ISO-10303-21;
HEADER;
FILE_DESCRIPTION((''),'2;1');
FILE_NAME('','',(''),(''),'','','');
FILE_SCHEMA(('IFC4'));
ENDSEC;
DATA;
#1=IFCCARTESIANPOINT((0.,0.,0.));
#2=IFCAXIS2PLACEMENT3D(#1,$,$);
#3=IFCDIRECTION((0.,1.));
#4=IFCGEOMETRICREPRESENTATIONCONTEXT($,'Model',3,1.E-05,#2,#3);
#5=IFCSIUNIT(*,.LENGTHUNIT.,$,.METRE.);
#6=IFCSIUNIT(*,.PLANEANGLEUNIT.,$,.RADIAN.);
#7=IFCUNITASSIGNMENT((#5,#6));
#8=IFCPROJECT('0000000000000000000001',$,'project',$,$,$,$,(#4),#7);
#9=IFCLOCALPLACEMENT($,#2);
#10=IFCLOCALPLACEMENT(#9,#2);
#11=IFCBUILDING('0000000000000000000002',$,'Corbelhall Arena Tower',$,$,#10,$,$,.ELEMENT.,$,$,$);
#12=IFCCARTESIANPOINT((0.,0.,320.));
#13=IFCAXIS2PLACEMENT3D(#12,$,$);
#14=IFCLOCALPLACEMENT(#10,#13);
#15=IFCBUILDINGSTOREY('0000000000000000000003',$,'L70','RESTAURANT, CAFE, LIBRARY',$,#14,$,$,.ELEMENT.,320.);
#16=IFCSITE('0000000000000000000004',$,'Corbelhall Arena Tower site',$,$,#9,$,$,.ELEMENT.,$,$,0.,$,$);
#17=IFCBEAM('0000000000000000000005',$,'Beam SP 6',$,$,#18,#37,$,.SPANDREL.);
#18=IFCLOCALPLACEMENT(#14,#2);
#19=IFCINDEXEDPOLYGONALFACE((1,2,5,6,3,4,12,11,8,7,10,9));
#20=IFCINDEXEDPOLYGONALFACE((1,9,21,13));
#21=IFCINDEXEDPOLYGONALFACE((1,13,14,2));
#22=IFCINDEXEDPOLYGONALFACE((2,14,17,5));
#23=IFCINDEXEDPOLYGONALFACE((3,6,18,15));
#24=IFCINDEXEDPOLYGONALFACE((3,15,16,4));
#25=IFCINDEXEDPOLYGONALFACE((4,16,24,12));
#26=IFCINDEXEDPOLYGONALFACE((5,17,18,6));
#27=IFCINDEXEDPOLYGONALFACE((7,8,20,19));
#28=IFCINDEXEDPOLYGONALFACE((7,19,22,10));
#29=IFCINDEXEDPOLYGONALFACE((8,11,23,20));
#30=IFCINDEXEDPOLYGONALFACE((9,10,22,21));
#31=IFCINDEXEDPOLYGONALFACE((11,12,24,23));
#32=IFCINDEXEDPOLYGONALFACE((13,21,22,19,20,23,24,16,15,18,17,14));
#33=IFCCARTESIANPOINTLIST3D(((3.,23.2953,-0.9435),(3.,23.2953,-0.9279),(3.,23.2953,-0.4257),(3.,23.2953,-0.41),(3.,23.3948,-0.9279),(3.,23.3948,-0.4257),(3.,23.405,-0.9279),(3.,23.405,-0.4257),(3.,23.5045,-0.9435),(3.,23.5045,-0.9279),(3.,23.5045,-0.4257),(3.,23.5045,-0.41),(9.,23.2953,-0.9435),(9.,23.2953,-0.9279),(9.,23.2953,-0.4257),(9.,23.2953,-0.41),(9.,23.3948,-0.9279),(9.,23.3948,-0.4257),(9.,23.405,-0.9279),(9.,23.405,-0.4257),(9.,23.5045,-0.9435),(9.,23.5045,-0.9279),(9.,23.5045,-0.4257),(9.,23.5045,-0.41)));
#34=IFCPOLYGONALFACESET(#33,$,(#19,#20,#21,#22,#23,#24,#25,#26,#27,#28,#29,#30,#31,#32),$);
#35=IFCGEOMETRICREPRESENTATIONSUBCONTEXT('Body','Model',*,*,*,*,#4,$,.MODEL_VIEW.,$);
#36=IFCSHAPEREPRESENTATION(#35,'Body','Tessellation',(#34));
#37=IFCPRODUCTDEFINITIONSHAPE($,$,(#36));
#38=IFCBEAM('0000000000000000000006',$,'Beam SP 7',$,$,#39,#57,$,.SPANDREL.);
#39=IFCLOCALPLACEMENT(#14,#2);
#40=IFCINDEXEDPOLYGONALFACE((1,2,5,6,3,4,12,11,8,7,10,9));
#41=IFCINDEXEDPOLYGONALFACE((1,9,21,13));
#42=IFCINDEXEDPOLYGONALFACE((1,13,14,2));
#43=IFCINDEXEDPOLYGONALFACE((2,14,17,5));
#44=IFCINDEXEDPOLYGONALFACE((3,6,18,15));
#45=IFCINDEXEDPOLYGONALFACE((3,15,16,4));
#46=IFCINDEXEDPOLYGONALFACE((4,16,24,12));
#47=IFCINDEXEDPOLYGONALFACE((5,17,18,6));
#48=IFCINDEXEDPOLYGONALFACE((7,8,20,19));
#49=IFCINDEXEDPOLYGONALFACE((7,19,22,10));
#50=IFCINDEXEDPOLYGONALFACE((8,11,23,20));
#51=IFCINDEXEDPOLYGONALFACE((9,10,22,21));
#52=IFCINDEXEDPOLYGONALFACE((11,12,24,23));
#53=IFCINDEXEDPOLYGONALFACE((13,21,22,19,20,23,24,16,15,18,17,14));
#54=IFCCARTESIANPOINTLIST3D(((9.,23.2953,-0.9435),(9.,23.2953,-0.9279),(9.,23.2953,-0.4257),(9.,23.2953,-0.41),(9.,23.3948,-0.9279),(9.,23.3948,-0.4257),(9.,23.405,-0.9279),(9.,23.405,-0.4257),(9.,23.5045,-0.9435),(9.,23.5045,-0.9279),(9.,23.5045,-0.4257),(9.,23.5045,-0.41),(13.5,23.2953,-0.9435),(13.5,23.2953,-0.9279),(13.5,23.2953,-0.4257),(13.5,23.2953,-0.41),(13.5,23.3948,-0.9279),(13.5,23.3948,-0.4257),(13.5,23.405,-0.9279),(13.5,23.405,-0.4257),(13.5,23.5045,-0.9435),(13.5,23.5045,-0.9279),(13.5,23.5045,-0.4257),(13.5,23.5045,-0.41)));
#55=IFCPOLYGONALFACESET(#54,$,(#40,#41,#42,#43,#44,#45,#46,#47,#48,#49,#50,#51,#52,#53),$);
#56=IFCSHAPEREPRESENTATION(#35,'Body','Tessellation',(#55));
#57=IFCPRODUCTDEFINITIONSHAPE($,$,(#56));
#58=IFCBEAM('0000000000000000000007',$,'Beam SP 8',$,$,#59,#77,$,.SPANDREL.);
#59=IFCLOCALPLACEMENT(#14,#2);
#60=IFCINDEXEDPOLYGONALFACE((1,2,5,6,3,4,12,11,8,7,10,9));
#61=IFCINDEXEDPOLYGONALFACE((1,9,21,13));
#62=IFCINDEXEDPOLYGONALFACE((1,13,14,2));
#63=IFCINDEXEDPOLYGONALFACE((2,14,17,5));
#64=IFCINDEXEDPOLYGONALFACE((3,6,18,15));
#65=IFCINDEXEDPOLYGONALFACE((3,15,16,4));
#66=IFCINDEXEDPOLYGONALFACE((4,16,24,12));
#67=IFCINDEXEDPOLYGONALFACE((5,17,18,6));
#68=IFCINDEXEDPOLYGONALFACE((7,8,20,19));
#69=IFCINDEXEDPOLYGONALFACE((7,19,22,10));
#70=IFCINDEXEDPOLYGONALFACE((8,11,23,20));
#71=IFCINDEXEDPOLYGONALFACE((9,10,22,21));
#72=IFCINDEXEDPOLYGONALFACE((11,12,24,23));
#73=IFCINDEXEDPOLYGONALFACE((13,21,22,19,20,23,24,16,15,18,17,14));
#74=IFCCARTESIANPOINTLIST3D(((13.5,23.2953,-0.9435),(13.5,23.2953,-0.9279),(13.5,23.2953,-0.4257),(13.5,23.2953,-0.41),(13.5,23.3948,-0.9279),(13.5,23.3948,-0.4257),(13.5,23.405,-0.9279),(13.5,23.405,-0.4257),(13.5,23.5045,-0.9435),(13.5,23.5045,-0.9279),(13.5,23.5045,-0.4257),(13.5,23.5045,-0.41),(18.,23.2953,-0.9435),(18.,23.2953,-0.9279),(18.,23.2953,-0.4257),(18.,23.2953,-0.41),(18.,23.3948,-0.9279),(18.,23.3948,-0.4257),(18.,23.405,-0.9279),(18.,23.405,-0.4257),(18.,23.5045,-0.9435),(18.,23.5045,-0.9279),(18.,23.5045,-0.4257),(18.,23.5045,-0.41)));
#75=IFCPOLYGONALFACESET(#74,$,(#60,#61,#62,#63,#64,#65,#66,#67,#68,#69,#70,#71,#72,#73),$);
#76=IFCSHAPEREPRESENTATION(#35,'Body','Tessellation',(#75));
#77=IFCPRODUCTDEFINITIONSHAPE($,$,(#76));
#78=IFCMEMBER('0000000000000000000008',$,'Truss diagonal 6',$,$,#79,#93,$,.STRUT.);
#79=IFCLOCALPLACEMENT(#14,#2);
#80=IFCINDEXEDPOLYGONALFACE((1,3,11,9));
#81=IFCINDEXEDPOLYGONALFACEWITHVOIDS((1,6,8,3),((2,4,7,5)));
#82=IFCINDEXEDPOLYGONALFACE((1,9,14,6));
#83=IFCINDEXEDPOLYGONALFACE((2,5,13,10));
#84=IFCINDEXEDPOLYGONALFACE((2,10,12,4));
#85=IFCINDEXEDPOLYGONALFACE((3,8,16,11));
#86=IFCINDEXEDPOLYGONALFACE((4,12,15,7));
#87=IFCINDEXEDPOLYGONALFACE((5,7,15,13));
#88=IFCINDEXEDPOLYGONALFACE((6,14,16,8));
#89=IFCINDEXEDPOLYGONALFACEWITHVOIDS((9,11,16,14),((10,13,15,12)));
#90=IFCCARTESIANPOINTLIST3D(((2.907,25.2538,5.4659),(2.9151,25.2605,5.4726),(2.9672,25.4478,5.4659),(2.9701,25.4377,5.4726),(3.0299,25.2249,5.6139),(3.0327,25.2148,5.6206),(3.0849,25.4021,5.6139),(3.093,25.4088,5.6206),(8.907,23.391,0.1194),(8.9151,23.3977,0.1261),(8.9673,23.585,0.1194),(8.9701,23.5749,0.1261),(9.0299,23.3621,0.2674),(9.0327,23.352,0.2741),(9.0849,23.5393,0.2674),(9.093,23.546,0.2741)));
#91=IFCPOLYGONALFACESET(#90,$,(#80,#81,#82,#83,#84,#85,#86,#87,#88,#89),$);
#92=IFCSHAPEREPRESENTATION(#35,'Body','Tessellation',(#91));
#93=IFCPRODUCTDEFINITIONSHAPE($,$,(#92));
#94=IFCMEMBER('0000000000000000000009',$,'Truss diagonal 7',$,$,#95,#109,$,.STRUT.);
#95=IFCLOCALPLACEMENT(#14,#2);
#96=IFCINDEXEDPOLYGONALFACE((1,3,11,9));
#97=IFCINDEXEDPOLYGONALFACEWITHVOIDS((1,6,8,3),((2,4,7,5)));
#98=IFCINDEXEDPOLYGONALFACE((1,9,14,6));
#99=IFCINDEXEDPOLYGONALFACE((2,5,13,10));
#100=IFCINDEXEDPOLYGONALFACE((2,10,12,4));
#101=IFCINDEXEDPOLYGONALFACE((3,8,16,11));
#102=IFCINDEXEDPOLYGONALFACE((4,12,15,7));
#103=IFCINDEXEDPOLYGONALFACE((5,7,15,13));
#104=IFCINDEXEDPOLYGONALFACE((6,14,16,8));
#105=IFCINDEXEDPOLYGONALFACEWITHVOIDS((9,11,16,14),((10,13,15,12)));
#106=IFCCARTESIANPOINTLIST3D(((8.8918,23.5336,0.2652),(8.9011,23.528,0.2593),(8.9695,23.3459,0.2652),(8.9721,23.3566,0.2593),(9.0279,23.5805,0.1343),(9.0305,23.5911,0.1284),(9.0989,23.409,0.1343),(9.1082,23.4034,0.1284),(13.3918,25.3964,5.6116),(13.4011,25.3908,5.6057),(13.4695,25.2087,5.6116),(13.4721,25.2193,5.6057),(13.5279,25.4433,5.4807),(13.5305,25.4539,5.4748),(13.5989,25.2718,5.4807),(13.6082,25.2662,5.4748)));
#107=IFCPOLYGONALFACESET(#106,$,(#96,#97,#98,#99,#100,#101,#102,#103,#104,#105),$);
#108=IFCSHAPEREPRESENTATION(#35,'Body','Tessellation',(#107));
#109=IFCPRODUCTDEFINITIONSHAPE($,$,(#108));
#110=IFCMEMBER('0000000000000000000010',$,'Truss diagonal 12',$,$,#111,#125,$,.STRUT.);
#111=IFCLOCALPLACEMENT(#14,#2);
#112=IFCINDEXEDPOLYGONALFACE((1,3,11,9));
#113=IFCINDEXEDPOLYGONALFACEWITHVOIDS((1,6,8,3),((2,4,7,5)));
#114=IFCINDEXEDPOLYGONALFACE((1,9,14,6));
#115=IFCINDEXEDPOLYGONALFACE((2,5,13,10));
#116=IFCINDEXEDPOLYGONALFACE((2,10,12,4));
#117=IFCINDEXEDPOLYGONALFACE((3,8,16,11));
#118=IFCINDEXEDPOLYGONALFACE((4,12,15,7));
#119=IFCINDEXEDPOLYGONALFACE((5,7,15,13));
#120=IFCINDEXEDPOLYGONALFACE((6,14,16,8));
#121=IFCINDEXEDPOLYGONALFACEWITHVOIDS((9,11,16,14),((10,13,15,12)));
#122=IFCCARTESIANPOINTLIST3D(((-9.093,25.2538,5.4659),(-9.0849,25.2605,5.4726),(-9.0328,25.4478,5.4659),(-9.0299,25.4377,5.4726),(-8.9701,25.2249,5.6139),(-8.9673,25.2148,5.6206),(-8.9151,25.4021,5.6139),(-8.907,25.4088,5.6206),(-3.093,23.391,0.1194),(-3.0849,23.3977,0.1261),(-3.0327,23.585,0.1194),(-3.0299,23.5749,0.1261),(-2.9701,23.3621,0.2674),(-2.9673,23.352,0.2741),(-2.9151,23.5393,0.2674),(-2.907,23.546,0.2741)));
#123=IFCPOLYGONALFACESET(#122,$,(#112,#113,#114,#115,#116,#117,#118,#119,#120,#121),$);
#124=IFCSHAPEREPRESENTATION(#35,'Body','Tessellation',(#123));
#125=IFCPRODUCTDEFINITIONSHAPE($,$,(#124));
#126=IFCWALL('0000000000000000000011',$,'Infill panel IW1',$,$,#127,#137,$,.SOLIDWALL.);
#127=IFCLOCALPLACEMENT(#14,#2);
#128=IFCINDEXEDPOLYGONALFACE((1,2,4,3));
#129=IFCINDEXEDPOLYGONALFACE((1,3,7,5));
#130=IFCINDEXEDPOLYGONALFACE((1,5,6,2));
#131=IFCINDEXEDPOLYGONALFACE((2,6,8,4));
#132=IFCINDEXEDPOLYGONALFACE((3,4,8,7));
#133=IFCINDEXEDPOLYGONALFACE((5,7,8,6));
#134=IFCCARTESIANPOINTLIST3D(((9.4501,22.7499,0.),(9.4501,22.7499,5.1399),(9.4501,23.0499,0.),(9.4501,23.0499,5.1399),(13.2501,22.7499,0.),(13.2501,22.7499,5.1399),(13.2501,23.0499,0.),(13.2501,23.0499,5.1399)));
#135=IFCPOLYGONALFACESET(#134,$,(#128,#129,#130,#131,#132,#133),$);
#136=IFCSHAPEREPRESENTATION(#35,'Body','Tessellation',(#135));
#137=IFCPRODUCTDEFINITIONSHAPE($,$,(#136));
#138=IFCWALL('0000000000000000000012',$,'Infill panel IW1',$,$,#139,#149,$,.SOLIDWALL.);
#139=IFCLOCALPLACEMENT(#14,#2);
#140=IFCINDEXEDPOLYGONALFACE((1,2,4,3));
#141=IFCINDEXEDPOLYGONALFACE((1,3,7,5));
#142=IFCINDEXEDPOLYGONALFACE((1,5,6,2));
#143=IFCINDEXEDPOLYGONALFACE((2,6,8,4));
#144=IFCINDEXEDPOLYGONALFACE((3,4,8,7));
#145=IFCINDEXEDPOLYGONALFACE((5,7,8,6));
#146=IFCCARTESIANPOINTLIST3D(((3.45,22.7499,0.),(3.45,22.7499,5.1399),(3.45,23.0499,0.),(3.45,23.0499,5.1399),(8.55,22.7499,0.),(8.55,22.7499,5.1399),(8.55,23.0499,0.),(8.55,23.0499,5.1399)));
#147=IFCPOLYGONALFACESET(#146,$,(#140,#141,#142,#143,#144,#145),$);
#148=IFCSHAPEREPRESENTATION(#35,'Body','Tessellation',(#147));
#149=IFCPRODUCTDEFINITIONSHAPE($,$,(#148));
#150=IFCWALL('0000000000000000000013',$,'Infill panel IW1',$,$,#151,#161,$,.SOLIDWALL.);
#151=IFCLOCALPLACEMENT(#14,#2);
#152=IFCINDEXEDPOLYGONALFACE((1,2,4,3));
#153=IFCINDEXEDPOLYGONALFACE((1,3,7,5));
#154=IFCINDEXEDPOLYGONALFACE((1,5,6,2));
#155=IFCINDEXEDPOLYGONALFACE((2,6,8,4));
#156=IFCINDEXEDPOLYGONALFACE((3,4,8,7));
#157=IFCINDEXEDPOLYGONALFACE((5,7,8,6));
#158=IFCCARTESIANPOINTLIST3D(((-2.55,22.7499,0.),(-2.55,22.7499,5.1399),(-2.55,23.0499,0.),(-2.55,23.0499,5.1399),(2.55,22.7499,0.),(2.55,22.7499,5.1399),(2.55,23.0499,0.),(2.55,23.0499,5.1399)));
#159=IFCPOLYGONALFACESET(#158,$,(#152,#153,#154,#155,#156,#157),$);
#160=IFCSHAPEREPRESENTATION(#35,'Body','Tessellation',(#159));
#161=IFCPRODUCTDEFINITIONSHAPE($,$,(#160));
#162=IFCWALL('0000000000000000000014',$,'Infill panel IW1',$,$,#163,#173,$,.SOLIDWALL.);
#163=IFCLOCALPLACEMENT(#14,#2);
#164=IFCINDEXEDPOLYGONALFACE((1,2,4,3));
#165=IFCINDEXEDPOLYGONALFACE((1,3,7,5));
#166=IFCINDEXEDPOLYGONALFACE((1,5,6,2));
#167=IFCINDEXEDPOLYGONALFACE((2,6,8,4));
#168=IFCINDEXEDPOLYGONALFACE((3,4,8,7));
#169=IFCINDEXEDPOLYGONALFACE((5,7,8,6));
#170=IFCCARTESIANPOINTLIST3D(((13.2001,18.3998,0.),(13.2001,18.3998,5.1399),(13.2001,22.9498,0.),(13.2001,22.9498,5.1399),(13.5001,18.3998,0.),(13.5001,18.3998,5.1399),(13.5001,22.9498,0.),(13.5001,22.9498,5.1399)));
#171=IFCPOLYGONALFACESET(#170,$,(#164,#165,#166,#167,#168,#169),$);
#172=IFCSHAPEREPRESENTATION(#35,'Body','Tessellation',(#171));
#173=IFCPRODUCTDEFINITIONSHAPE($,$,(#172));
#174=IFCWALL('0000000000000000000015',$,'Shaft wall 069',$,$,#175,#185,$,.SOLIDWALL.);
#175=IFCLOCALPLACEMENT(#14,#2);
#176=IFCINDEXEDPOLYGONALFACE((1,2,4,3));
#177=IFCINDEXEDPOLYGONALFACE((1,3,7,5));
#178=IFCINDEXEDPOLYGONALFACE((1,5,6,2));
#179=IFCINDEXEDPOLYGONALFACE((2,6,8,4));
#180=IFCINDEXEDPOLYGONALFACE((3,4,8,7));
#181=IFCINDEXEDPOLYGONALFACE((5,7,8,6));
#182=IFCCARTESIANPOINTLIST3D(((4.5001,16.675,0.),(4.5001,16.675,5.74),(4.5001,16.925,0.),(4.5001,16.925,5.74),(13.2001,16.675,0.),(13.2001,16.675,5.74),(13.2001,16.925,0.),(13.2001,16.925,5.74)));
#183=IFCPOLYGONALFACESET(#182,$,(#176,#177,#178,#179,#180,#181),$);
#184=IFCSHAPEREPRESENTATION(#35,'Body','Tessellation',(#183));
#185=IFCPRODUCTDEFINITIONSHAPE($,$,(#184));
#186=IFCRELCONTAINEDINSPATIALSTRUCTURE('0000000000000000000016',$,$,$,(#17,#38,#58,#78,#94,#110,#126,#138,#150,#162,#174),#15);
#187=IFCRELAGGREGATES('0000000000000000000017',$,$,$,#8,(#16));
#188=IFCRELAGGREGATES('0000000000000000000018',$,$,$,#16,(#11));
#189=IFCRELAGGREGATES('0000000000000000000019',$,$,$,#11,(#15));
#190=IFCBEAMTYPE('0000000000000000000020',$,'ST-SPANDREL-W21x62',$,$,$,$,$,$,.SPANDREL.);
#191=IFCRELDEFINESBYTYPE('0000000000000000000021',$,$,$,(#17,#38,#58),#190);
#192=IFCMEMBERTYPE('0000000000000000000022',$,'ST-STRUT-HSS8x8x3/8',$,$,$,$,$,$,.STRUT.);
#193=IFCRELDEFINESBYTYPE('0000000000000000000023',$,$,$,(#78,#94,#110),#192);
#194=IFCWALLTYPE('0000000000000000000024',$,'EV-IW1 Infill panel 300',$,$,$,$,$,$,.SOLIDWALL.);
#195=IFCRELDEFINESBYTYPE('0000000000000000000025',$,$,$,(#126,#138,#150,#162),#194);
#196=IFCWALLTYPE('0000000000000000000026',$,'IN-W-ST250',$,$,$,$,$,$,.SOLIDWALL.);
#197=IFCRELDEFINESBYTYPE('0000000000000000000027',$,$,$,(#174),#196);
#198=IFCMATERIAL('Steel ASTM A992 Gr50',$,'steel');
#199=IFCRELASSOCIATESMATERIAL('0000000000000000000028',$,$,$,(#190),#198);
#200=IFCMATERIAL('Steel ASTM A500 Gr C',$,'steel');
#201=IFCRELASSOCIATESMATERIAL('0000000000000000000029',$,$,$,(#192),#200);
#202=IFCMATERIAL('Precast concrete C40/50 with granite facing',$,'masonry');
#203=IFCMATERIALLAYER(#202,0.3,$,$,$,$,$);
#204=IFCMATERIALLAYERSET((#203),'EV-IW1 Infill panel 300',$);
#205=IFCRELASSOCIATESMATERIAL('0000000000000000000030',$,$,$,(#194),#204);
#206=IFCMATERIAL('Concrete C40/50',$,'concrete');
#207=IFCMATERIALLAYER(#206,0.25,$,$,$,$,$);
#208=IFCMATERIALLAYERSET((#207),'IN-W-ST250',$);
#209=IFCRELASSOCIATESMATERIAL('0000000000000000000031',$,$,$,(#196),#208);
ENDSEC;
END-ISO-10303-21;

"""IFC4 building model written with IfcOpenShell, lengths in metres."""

from ifc_helpers import new_model, si_unit, direction, frame, frame_2d, origin, origin_2d, place, context, subcontext, project, spatial, rectangle, hollow_rectangle, i_section, extrude, material, layer, layer_set, material_profile, profile_set, type_object, element, save


model = new_model("IFC4")

# Units and contexts
model_context = context("Model", 3, precision=1e-05, world=origin(), true_north=direction((0.0, 1.0)))
body_context = subcontext(model_context, "Body", "Model", "MODEL_VIEW")
ifc_project = project(units=[si_unit("LENGTHUNIT", "METRE"), si_unit("PLANEANGLEUNIT", "RADIAN")], contexts=[model_context])

# Site, building, storey
site_placement = place(None, origin())
site = spatial("IfcSite", under=ifc_project, at=site_placement, Name="Corbelhall Arena Tower site", CompositionType="ELEMENT", RefElevation=0.0)
building_placement = place(site_placement, origin())
building = spatial("IfcBuilding", under=site, at=building_placement, Name="Corbelhall Arena Tower", CompositionType="ELEMENT")
storey_placement = place(building_placement, frame((0.0, 0.0, 320.0)))
storey = spatial("IfcBuildingStorey", under=building, at=storey_placement, Name="L70", Description="RESTAURANT, CAFE, LIBRARY", CompositionType="ELEMENT", Elevation=320.0)

# Shared definitions
ifc_material_1 = material(Name="Steel ASTM A992 Gr50", Category="steel")

# Beams
ifc_material_profile_1 = material_profile(ifc_material_1, i_section(OverallWidth=0.2092, OverallDepth=0.5334, WebThickness=0.0103, FlangeThickness=0.0156, at=origin_2d()))
ifc_profile_set_1 = profile_set([ifc_material_profile_1], Name="Steel ASTM A992 Gr50")
beam_type = type_object("IfcBeamType", Name="ST-SPANDREL-W21x62", PredefinedType="SPANDREL", material=ifc_profile_set_1)
beam_placement = place(storey_placement, frame((3.0, 23.3999, -0.6768), z_axis=(1.0, 0.0, 0.0), x_axis=(0.0, 1.0, 0.0)))
element("IfcBeam", 1, at=beam_placement, inside=storey, type_object=beam_type, Name="Beam SP 6", PredefinedType="SPANDREL", context=body_context, shape_type="SweptSolid", body=[
    extrude(i_section(OverallWidth=0.2092, OverallDepth=0.5334, WebThickness=0.0103, FlangeThickness=0.0156, at=origin_2d()), origin(), (0.0, 0.0, 1.0), 6.0),
])
for number, where, z_axis, x_axis, name in (
    (2, (9.0, 23.3999, -0.6768), (1.0, 0.0, 0.0), (0.0, 1.0, 0.0), "Beam SP 7"),
    (3, (13.5, 23.3999, -0.6768), (1.0, 0.0, 0.0), (0.0, 1.0, 0.0), "Beam SP 8"),
):
    element("IfcBeam", number, at=place(storey_placement, frame(where, z_axis=z_axis, x_axis=x_axis)), inside=storey, type_object=beam_type, Name=name, PredefinedType="SPANDREL", context=body_context, shape_type="SweptSolid", body=[
        extrude(i_section(OverallWidth=0.2092, OverallDepth=0.5334, WebThickness=0.0103, FlangeThickness=0.0156, at=origin_2d()), origin(), (0.0, 0.0, 1.0), 4.5),
    ])

# Members
ifc_material_2 = material(Name="Steel ASTM A500 Gr C", Category="steel")
ifc_material_profile_2 = material_profile(ifc_material_2, hollow_rectangle(XDim=0.2031, YDim=0.2031, WallThickness=0.0088, at=origin_2d()))
ifc_profile_set_2 = profile_set([ifc_material_profile_2], Name="Steel ASTM A500 Gr C")
member_type_1 = type_object("IfcMemberType", Name="ST-STRUT-HSS8x8x3/8", PredefinedType="STRUT", material=ifc_profile_set_2)
member_1_placement = place(storey_placement, frame((9.0, 23.4685, 0.1968), z_axis=(-0.727316, 0.225807, 0.648091), x_axis=(-0.296504, -0.955032, 0.0)))
element("IfcMember", 4, at=member_1_placement, inside=storey, type_object=member_type_1, Name="Truss diagonal 6", PredefinedType="STRUT", context=body_context, shape_type="SweptSolid", body=[
    extrude(hollow_rectangle(XDim=0.2031, YDim=0.2031, WallThickness=0.0088, at=origin_2d()), origin(), (0.0, 0.0, 1.0), 8.2495),
])
member_2_placement = place(storey_placement, frame((9.0, 23.4685, 0.1968), z_axis=(0.622219, 0.25757, 0.739257), x_axis=(-0.382479, 0.923964, 0.0)))
element("IfcMember", 5, at=member_2_placement, inside=storey, type_object=member_type_1, Name="Truss diagonal 7", PredefinedType="STRUT", context=body_context, shape_type="SweptSolid", body=[
    extrude(hollow_rectangle(XDim=0.2031, YDim=0.2031, WallThickness=0.0088, at=origin_2d()), origin(), (0.0, 0.0, 1.0), 7.2322),
])
member_3_placement = place(storey_placement, frame((-3.0, 23.4685, 0.1968), z_axis=(-0.727316, 0.225807, 0.648091), x_axis=(-0.296504, -0.955032, 0.0)))
element("IfcMember", 6, at=member_3_placement, inside=storey, type_object=member_type_1, Name="Truss diagonal 12", PredefinedType="STRUT", context=body_context, shape_type="SweptSolid", body=[
    extrude(hollow_rectangle(XDim=0.2031, YDim=0.2031, WallThickness=0.0088, at=origin_2d()), origin(), (0.0, 0.0, 1.0), 8.2495),
])

# Walls
ifc_material_3 = material(Name="Precast concrete C40/50 with granite facing", Category="masonry")
ifc_layer_1 = layer(ifc_material_3, 0.3)
ifc_layer_set_1 = layer_set([ifc_layer_1], Name="EV-IW1 Infill panel 300")
wall_type_1 = type_object("IfcWallType", Name="EV-IW1 Infill panel 300", PredefinedType="SOLIDWALL", material=ifc_layer_set_1)
wall_1_placement = place(storey_placement, frame((13.25, 22.8999, 0.0), z_axis=(0.0, 0.0, 1.0), x_axis=(-1.0, 0.0, 0.0)))
element("IfcWall", 7, at=wall_1_placement, inside=storey, type_object=wall_type_1, Name="Infill panel IW1", PredefinedType="SOLIDWALL", context=body_context, shape_type="SweptSolid", body=[
    extrude(rectangle(XDim=3.8, YDim=0.3, at=frame_2d((1.8999, 0.0))), origin(), (0.0, 0.0, 1.0), 5.1399),
])
for number, where, z_axis, x_axis, name in (
    (8, (8.55, 22.8999, 0.0), (0.0, 0.0, 1.0), (-1.0, 0.0, 0.0), "Infill panel IW1"),
    (9, (2.55, 22.8999, 0.0), (0.0, 0.0, 1.0), (-1.0, 0.0, 0.0), "Infill panel IW1"),
):
    element("IfcWall", number, at=place(storey_placement, frame(where, z_axis=z_axis, x_axis=x_axis)), inside=storey, type_object=wall_type_1, Name=name, PredefinedType="SOLIDWALL", context=body_context, shape_type="SweptSolid", body=[
        extrude(rectangle(XDim=5.1001, YDim=0.3, at=frame_2d((2.55, 0.0))), origin(), (0.0, 0.0, 1.0), 5.1399),
    ])

# Walls
wall_2_placement = place(storey_placement, frame((13.3501, 18.3999, 0.0), z_axis=(0.0, 0.0, 1.0), x_axis=(0.0, 1.0, 0.0)))
element("IfcWall", 10, at=wall_2_placement, inside=storey, type_object=wall_type_1, Name="Infill panel IW1", PredefinedType="SOLIDWALL", context=body_context, shape_type="SweptSolid", body=[
    extrude(rectangle(XDim=4.55, YDim=0.3, at=frame_2d((2.2749, 0.0))), origin(), (0.0, 0.0, 1.0), 5.1399),
])
ifc_material_4 = material(Name="Concrete C40/50", Category="concrete")
ifc_layer_2 = layer(ifc_material_4, 0.25)
ifc_layer_set_2 = layer_set([ifc_layer_2], Name="IN-W-ST250")
wall_type_2 = type_object("IfcWallType", Name="IN-W-ST250", PredefinedType="SOLIDWALL", material=ifc_layer_set_2)
wall_3_placement = place(storey_placement, frame((4.5, 16.8, 0.0), z_axis=(0.0, 0.0, 1.0), x_axis=(1.0, 0.0, 0.0)))
element("IfcWall", 11, at=wall_3_placement, inside=storey, type_object=wall_type_2, Name="Shaft wall 069", PredefinedType="SOLIDWALL", context=body_context, shape_type="SweptSolid", body=[
    extrude(rectangle(XDim=8.7, YDim=0.25, at=frame_2d((4.3501, 0.0))), origin(), (0.0, 0.0, 1.0), 5.74),
])

save(model, "model.ifc")
